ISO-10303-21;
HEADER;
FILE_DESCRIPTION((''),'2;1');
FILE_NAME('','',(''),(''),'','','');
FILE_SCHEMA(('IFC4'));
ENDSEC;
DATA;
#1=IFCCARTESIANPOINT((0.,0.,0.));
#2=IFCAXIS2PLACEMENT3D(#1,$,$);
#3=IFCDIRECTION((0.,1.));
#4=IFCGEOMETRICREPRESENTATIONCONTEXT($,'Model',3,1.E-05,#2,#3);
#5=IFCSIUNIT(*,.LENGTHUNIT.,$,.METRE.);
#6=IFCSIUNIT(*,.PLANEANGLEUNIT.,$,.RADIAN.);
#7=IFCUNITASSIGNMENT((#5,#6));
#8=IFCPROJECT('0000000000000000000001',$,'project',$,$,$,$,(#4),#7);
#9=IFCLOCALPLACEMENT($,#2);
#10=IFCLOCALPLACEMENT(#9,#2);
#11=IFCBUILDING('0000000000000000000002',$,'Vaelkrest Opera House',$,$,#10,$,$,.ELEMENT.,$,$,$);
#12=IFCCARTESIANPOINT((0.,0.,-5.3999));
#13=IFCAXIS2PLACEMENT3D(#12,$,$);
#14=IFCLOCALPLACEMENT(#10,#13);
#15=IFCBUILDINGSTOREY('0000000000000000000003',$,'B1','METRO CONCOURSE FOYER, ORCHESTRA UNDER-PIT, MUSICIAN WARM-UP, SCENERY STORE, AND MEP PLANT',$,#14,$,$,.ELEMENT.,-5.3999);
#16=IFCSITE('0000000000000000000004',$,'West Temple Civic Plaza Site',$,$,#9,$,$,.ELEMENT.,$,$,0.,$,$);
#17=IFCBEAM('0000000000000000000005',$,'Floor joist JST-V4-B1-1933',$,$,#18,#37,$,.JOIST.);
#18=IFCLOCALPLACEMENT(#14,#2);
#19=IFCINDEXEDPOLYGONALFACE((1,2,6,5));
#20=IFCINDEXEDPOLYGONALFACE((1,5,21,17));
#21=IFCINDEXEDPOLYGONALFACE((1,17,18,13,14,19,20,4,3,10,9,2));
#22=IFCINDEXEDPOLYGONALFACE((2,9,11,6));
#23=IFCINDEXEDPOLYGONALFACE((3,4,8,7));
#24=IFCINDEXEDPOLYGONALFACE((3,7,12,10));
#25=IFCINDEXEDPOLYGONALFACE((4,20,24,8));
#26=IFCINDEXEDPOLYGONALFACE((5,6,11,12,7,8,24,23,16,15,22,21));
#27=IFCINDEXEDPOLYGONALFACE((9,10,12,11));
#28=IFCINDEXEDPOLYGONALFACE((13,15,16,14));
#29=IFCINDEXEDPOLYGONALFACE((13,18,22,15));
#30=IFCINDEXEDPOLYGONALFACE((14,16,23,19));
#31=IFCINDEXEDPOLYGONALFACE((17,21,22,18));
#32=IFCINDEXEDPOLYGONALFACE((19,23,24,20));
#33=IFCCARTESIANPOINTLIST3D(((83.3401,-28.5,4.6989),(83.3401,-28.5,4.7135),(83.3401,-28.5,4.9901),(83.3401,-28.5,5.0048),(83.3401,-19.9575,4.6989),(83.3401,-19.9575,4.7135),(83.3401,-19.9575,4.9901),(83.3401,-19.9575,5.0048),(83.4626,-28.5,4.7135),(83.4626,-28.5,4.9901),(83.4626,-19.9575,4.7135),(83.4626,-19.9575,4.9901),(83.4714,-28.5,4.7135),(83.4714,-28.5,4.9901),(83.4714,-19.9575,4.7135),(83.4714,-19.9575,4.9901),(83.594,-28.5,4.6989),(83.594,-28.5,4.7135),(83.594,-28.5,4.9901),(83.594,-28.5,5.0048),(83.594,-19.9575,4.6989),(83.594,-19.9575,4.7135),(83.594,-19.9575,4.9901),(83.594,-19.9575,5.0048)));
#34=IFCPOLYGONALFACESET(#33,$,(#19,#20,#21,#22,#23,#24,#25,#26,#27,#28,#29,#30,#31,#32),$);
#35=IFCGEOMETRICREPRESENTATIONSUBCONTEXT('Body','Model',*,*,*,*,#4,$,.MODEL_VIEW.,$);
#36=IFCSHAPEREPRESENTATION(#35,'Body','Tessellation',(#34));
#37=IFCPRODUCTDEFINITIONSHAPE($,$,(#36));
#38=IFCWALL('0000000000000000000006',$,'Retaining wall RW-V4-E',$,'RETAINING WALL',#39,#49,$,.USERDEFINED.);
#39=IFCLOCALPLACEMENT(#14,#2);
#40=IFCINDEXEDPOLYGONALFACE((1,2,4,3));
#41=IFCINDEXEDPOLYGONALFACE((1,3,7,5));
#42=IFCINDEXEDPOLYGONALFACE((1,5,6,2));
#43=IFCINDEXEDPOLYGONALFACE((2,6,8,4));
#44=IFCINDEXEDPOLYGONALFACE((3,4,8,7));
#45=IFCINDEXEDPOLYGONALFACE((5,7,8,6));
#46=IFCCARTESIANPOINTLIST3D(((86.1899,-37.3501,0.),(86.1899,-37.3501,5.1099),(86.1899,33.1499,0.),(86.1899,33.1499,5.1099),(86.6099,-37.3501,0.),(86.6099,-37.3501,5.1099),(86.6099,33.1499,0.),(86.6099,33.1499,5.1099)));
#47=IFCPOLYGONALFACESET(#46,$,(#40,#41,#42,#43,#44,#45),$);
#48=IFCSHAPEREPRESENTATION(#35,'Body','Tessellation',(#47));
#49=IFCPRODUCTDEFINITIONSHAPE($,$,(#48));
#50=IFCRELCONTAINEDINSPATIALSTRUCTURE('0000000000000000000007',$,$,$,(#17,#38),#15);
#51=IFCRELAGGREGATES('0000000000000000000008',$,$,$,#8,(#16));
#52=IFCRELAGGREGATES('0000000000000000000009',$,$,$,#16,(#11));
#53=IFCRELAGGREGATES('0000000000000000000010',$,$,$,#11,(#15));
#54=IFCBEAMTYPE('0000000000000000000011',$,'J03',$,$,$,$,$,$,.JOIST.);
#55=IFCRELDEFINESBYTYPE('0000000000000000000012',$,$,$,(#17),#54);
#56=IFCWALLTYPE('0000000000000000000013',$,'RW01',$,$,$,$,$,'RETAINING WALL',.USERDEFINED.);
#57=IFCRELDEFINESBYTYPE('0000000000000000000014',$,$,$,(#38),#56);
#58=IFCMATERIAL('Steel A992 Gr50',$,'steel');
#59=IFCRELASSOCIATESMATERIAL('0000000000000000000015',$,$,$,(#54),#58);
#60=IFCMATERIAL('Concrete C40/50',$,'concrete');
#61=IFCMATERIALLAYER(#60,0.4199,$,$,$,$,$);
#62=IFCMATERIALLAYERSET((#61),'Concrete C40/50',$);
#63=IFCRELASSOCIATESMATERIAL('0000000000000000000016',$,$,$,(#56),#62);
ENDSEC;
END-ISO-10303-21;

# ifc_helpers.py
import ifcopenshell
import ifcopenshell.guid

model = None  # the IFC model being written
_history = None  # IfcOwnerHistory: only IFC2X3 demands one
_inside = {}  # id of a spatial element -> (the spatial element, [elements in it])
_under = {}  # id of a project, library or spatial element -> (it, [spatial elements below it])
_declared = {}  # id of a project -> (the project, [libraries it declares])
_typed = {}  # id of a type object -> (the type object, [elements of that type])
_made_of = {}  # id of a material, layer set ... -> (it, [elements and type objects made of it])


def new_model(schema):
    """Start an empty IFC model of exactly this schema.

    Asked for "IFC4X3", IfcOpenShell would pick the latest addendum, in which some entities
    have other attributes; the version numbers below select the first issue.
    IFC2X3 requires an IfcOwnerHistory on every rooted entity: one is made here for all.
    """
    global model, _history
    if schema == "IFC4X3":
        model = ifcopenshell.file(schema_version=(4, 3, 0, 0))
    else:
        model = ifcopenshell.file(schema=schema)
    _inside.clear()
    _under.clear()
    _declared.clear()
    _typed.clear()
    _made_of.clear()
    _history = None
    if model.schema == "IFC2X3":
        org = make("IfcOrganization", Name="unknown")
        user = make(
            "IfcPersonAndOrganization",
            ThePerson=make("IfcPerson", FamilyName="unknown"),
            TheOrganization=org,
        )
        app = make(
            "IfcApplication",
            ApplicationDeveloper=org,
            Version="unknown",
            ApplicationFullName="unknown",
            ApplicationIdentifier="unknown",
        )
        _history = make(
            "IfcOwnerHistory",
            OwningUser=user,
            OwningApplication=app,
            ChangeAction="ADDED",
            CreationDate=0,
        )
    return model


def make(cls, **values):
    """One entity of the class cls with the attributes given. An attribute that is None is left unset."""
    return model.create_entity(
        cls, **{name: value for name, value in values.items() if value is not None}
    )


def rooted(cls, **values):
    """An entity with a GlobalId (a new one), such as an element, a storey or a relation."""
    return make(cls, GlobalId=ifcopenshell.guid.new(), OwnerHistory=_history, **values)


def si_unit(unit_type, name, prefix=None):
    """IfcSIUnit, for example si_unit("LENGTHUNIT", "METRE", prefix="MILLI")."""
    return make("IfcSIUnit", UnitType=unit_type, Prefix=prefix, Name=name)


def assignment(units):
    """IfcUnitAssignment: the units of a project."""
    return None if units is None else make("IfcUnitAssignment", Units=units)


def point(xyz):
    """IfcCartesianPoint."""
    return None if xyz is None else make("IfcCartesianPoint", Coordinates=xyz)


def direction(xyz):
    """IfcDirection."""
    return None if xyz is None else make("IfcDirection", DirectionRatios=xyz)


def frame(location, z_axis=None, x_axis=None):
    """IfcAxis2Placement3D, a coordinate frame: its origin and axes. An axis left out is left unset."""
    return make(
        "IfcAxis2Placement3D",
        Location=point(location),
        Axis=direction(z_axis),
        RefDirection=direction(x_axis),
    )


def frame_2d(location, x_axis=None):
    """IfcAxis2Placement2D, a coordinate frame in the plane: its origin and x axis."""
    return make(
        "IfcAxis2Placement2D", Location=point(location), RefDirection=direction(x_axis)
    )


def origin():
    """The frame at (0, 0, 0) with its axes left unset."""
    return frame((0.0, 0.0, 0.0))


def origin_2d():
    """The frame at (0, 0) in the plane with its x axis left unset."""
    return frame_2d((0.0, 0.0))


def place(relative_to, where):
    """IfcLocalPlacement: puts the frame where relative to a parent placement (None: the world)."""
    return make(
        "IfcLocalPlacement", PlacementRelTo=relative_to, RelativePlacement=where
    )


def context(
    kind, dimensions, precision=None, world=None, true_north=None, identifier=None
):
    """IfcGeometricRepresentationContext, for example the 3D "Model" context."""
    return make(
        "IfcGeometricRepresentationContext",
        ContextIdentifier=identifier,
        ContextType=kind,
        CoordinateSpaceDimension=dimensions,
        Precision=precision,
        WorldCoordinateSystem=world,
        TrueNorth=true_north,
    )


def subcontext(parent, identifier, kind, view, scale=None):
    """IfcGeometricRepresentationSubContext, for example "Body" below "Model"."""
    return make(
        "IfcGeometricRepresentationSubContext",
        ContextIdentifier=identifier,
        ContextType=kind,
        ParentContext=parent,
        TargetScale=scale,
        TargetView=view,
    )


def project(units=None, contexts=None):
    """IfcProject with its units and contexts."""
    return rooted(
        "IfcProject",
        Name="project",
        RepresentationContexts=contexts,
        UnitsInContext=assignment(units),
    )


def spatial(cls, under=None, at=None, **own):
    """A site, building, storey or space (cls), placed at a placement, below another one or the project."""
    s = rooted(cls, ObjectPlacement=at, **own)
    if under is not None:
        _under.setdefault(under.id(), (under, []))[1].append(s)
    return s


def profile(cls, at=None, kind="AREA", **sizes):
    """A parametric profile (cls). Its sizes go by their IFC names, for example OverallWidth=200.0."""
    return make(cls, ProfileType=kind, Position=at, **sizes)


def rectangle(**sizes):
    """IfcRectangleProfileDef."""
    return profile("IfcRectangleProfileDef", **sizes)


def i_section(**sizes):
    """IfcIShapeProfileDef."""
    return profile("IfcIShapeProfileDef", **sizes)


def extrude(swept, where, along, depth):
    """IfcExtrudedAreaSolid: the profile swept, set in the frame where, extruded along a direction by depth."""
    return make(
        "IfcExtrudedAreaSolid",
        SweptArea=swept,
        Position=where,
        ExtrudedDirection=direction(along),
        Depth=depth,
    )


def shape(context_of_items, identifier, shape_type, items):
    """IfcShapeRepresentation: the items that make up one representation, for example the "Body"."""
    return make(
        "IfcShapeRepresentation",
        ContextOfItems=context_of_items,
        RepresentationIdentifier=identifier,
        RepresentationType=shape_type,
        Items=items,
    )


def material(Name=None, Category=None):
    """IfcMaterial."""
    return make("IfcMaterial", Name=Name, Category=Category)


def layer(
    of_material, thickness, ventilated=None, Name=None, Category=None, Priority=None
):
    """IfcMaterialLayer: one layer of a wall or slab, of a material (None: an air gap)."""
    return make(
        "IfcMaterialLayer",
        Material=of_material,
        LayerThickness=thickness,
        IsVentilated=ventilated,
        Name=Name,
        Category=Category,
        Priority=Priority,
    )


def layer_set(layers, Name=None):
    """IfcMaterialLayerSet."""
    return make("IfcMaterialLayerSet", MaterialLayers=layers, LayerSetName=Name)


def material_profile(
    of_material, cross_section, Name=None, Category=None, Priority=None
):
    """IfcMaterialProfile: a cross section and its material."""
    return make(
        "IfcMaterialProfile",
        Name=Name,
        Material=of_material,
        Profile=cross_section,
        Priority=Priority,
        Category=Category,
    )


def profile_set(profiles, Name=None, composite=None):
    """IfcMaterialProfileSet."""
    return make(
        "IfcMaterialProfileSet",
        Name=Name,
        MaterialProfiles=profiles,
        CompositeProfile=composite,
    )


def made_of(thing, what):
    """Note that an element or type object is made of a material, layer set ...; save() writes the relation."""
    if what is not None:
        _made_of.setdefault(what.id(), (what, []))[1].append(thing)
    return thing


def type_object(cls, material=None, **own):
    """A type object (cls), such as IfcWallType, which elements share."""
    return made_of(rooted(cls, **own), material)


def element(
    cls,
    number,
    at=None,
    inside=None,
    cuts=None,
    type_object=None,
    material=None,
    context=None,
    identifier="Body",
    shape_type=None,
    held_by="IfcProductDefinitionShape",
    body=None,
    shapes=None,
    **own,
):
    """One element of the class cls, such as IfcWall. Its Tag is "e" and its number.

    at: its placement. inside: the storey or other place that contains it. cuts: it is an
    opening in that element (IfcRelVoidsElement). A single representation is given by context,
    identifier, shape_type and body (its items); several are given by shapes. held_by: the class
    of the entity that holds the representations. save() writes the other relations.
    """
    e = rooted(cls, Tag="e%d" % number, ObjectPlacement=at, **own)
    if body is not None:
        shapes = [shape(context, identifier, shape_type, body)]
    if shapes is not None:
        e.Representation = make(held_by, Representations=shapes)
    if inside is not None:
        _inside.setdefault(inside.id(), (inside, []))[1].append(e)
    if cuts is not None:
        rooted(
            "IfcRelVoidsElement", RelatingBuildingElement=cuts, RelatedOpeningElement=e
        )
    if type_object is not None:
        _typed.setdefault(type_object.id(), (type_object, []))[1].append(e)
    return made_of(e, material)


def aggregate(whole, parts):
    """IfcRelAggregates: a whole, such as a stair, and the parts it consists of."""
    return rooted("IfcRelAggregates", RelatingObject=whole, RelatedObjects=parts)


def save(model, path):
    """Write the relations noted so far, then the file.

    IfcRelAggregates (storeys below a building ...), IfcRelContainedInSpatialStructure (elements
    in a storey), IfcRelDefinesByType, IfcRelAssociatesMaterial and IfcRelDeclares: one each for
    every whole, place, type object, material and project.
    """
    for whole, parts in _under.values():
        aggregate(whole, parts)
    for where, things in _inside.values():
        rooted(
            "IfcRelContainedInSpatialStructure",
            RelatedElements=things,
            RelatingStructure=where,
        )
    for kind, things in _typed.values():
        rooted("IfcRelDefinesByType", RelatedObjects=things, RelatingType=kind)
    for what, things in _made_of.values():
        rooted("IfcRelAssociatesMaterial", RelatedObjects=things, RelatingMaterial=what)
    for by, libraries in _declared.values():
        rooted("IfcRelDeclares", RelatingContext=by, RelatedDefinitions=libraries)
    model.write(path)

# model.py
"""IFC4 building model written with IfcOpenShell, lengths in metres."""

from ifc_helpers import new_model, si_unit, direction, frame, frame_2d, origin, origin_2d, place, context, subcontext, project, spatial, rectangle, i_section, extrude, material, layer, layer_set, material_profile, profile_set, type_object, element, save


model = new_model("IFC4")

# Units and contexts
model_context = context("Model", 3, precision=1e-05, world=origin(), true_north=direction((0.0, 1.0)))
body_context = subcontext(model_context, "Body", "Model", "MODEL_VIEW")
ifc_project = project(units=[si_unit("LENGTHUNIT", "METRE"), si_unit("PLANEANGLEUNIT", "RADIAN")], contexts=[model_context])

# Site, building, storey
site_placement = place(None, origin())
site = spatial("IfcSite", under=ifc_project, at=site_placement, Name="West Temple Civic Plaza Site", CompositionType="ELEMENT", RefElevation=0.0)
building_placement = place(site_placement, origin())
building = spatial("IfcBuilding", under=site, at=building_placement, Name="Vaelkrest Opera House", CompositionType="ELEMENT")
storey_placement = place(building_placement, frame((0.0, 0.0, -5.3999)))
storey = spatial("IfcBuildingStorey", under=building, at=storey_placement, Name="B1", Description="METRO CONCOURSE FOYER, ORCHESTRA UNDER-PIT, MUSICIAN WARM-UP, SCENERY STORE, AND MEP PLANT", CompositionType="ELEMENT", Elevation=-5.3999)

# Shared definitions
ifc_material_1 = material(Name="Concrete C40/50", Category="concrete")

# Beam
ifc_material_2 = material(Name="Steel A992 Gr50", Category="steel")
ifc_material_profile_1 = material_profile(ifc_material_2, i_section(OverallWidth=0.2539, OverallDepth=0.3059, WebThickness=0.0088, FlangeThickness=0.0146, at=origin_2d()), Name="W12X53")
ifc_profile_set_1 = profile_set([ifc_material_profile_1], Name="Steel A992 Gr50")
beam_type_1 = type_object("IfcBeamType", Name="J03", PredefinedType="JOIST", material=ifc_profile_set_1)
beam_1_placement = place(storey_placement, frame((83.467, -28.5, 4.8518), z_axis=(0.0, 1.0, 0.0), x_axis=(-1.0, 0.0, 0.0)))
element("IfcBeam", 1, at=beam_1_placement, inside=storey, type_object=beam_type_1, Name="Floor joist JST-V4-B1-1933", PredefinedType="JOIST", context=body_context, shape_type="SweptSolid", body=[
    extrude(i_section(OverallWidth=0.2539, OverallDepth=0.3059, WebThickness=0.0088, FlangeThickness=0.0146, at=origin_2d()), origin(), (0.0, 0.0, 1.0), 8.5425),
])

# Wall
ifc_layer = layer(ifc_material_1, 0.4199)
ifc_layer_set = layer_set([ifc_layer], Name="Concrete C40/50")
wall_type = type_object("IfcWallType", Name="RW01", ElementType="RETAINING WALL", PredefinedType="USERDEFINED", material=ifc_layer_set)
wall_placement = place(storey_placement, frame((86.3999, -37.3501, 0.0), z_axis=(0.0, 0.0, 1.0), x_axis=(0.0, 1.0, 0.0)))
element("IfcWall", 2, at=wall_placement, inside=storey, type_object=wall_type, Name="Retaining wall RW-V4-E", ObjectType="RETAINING WALL", PredefinedType="USERDEFINED", context=body_context, shape_type="SweptSolid", body=[
    extrude(rectangle(XDim=70.5, YDim=0.4199, at=frame_2d((35.25, 0.0))), origin(), (0.0, 0.0, 1.0), 5.1099),
])

save(model, "model.ifc")
